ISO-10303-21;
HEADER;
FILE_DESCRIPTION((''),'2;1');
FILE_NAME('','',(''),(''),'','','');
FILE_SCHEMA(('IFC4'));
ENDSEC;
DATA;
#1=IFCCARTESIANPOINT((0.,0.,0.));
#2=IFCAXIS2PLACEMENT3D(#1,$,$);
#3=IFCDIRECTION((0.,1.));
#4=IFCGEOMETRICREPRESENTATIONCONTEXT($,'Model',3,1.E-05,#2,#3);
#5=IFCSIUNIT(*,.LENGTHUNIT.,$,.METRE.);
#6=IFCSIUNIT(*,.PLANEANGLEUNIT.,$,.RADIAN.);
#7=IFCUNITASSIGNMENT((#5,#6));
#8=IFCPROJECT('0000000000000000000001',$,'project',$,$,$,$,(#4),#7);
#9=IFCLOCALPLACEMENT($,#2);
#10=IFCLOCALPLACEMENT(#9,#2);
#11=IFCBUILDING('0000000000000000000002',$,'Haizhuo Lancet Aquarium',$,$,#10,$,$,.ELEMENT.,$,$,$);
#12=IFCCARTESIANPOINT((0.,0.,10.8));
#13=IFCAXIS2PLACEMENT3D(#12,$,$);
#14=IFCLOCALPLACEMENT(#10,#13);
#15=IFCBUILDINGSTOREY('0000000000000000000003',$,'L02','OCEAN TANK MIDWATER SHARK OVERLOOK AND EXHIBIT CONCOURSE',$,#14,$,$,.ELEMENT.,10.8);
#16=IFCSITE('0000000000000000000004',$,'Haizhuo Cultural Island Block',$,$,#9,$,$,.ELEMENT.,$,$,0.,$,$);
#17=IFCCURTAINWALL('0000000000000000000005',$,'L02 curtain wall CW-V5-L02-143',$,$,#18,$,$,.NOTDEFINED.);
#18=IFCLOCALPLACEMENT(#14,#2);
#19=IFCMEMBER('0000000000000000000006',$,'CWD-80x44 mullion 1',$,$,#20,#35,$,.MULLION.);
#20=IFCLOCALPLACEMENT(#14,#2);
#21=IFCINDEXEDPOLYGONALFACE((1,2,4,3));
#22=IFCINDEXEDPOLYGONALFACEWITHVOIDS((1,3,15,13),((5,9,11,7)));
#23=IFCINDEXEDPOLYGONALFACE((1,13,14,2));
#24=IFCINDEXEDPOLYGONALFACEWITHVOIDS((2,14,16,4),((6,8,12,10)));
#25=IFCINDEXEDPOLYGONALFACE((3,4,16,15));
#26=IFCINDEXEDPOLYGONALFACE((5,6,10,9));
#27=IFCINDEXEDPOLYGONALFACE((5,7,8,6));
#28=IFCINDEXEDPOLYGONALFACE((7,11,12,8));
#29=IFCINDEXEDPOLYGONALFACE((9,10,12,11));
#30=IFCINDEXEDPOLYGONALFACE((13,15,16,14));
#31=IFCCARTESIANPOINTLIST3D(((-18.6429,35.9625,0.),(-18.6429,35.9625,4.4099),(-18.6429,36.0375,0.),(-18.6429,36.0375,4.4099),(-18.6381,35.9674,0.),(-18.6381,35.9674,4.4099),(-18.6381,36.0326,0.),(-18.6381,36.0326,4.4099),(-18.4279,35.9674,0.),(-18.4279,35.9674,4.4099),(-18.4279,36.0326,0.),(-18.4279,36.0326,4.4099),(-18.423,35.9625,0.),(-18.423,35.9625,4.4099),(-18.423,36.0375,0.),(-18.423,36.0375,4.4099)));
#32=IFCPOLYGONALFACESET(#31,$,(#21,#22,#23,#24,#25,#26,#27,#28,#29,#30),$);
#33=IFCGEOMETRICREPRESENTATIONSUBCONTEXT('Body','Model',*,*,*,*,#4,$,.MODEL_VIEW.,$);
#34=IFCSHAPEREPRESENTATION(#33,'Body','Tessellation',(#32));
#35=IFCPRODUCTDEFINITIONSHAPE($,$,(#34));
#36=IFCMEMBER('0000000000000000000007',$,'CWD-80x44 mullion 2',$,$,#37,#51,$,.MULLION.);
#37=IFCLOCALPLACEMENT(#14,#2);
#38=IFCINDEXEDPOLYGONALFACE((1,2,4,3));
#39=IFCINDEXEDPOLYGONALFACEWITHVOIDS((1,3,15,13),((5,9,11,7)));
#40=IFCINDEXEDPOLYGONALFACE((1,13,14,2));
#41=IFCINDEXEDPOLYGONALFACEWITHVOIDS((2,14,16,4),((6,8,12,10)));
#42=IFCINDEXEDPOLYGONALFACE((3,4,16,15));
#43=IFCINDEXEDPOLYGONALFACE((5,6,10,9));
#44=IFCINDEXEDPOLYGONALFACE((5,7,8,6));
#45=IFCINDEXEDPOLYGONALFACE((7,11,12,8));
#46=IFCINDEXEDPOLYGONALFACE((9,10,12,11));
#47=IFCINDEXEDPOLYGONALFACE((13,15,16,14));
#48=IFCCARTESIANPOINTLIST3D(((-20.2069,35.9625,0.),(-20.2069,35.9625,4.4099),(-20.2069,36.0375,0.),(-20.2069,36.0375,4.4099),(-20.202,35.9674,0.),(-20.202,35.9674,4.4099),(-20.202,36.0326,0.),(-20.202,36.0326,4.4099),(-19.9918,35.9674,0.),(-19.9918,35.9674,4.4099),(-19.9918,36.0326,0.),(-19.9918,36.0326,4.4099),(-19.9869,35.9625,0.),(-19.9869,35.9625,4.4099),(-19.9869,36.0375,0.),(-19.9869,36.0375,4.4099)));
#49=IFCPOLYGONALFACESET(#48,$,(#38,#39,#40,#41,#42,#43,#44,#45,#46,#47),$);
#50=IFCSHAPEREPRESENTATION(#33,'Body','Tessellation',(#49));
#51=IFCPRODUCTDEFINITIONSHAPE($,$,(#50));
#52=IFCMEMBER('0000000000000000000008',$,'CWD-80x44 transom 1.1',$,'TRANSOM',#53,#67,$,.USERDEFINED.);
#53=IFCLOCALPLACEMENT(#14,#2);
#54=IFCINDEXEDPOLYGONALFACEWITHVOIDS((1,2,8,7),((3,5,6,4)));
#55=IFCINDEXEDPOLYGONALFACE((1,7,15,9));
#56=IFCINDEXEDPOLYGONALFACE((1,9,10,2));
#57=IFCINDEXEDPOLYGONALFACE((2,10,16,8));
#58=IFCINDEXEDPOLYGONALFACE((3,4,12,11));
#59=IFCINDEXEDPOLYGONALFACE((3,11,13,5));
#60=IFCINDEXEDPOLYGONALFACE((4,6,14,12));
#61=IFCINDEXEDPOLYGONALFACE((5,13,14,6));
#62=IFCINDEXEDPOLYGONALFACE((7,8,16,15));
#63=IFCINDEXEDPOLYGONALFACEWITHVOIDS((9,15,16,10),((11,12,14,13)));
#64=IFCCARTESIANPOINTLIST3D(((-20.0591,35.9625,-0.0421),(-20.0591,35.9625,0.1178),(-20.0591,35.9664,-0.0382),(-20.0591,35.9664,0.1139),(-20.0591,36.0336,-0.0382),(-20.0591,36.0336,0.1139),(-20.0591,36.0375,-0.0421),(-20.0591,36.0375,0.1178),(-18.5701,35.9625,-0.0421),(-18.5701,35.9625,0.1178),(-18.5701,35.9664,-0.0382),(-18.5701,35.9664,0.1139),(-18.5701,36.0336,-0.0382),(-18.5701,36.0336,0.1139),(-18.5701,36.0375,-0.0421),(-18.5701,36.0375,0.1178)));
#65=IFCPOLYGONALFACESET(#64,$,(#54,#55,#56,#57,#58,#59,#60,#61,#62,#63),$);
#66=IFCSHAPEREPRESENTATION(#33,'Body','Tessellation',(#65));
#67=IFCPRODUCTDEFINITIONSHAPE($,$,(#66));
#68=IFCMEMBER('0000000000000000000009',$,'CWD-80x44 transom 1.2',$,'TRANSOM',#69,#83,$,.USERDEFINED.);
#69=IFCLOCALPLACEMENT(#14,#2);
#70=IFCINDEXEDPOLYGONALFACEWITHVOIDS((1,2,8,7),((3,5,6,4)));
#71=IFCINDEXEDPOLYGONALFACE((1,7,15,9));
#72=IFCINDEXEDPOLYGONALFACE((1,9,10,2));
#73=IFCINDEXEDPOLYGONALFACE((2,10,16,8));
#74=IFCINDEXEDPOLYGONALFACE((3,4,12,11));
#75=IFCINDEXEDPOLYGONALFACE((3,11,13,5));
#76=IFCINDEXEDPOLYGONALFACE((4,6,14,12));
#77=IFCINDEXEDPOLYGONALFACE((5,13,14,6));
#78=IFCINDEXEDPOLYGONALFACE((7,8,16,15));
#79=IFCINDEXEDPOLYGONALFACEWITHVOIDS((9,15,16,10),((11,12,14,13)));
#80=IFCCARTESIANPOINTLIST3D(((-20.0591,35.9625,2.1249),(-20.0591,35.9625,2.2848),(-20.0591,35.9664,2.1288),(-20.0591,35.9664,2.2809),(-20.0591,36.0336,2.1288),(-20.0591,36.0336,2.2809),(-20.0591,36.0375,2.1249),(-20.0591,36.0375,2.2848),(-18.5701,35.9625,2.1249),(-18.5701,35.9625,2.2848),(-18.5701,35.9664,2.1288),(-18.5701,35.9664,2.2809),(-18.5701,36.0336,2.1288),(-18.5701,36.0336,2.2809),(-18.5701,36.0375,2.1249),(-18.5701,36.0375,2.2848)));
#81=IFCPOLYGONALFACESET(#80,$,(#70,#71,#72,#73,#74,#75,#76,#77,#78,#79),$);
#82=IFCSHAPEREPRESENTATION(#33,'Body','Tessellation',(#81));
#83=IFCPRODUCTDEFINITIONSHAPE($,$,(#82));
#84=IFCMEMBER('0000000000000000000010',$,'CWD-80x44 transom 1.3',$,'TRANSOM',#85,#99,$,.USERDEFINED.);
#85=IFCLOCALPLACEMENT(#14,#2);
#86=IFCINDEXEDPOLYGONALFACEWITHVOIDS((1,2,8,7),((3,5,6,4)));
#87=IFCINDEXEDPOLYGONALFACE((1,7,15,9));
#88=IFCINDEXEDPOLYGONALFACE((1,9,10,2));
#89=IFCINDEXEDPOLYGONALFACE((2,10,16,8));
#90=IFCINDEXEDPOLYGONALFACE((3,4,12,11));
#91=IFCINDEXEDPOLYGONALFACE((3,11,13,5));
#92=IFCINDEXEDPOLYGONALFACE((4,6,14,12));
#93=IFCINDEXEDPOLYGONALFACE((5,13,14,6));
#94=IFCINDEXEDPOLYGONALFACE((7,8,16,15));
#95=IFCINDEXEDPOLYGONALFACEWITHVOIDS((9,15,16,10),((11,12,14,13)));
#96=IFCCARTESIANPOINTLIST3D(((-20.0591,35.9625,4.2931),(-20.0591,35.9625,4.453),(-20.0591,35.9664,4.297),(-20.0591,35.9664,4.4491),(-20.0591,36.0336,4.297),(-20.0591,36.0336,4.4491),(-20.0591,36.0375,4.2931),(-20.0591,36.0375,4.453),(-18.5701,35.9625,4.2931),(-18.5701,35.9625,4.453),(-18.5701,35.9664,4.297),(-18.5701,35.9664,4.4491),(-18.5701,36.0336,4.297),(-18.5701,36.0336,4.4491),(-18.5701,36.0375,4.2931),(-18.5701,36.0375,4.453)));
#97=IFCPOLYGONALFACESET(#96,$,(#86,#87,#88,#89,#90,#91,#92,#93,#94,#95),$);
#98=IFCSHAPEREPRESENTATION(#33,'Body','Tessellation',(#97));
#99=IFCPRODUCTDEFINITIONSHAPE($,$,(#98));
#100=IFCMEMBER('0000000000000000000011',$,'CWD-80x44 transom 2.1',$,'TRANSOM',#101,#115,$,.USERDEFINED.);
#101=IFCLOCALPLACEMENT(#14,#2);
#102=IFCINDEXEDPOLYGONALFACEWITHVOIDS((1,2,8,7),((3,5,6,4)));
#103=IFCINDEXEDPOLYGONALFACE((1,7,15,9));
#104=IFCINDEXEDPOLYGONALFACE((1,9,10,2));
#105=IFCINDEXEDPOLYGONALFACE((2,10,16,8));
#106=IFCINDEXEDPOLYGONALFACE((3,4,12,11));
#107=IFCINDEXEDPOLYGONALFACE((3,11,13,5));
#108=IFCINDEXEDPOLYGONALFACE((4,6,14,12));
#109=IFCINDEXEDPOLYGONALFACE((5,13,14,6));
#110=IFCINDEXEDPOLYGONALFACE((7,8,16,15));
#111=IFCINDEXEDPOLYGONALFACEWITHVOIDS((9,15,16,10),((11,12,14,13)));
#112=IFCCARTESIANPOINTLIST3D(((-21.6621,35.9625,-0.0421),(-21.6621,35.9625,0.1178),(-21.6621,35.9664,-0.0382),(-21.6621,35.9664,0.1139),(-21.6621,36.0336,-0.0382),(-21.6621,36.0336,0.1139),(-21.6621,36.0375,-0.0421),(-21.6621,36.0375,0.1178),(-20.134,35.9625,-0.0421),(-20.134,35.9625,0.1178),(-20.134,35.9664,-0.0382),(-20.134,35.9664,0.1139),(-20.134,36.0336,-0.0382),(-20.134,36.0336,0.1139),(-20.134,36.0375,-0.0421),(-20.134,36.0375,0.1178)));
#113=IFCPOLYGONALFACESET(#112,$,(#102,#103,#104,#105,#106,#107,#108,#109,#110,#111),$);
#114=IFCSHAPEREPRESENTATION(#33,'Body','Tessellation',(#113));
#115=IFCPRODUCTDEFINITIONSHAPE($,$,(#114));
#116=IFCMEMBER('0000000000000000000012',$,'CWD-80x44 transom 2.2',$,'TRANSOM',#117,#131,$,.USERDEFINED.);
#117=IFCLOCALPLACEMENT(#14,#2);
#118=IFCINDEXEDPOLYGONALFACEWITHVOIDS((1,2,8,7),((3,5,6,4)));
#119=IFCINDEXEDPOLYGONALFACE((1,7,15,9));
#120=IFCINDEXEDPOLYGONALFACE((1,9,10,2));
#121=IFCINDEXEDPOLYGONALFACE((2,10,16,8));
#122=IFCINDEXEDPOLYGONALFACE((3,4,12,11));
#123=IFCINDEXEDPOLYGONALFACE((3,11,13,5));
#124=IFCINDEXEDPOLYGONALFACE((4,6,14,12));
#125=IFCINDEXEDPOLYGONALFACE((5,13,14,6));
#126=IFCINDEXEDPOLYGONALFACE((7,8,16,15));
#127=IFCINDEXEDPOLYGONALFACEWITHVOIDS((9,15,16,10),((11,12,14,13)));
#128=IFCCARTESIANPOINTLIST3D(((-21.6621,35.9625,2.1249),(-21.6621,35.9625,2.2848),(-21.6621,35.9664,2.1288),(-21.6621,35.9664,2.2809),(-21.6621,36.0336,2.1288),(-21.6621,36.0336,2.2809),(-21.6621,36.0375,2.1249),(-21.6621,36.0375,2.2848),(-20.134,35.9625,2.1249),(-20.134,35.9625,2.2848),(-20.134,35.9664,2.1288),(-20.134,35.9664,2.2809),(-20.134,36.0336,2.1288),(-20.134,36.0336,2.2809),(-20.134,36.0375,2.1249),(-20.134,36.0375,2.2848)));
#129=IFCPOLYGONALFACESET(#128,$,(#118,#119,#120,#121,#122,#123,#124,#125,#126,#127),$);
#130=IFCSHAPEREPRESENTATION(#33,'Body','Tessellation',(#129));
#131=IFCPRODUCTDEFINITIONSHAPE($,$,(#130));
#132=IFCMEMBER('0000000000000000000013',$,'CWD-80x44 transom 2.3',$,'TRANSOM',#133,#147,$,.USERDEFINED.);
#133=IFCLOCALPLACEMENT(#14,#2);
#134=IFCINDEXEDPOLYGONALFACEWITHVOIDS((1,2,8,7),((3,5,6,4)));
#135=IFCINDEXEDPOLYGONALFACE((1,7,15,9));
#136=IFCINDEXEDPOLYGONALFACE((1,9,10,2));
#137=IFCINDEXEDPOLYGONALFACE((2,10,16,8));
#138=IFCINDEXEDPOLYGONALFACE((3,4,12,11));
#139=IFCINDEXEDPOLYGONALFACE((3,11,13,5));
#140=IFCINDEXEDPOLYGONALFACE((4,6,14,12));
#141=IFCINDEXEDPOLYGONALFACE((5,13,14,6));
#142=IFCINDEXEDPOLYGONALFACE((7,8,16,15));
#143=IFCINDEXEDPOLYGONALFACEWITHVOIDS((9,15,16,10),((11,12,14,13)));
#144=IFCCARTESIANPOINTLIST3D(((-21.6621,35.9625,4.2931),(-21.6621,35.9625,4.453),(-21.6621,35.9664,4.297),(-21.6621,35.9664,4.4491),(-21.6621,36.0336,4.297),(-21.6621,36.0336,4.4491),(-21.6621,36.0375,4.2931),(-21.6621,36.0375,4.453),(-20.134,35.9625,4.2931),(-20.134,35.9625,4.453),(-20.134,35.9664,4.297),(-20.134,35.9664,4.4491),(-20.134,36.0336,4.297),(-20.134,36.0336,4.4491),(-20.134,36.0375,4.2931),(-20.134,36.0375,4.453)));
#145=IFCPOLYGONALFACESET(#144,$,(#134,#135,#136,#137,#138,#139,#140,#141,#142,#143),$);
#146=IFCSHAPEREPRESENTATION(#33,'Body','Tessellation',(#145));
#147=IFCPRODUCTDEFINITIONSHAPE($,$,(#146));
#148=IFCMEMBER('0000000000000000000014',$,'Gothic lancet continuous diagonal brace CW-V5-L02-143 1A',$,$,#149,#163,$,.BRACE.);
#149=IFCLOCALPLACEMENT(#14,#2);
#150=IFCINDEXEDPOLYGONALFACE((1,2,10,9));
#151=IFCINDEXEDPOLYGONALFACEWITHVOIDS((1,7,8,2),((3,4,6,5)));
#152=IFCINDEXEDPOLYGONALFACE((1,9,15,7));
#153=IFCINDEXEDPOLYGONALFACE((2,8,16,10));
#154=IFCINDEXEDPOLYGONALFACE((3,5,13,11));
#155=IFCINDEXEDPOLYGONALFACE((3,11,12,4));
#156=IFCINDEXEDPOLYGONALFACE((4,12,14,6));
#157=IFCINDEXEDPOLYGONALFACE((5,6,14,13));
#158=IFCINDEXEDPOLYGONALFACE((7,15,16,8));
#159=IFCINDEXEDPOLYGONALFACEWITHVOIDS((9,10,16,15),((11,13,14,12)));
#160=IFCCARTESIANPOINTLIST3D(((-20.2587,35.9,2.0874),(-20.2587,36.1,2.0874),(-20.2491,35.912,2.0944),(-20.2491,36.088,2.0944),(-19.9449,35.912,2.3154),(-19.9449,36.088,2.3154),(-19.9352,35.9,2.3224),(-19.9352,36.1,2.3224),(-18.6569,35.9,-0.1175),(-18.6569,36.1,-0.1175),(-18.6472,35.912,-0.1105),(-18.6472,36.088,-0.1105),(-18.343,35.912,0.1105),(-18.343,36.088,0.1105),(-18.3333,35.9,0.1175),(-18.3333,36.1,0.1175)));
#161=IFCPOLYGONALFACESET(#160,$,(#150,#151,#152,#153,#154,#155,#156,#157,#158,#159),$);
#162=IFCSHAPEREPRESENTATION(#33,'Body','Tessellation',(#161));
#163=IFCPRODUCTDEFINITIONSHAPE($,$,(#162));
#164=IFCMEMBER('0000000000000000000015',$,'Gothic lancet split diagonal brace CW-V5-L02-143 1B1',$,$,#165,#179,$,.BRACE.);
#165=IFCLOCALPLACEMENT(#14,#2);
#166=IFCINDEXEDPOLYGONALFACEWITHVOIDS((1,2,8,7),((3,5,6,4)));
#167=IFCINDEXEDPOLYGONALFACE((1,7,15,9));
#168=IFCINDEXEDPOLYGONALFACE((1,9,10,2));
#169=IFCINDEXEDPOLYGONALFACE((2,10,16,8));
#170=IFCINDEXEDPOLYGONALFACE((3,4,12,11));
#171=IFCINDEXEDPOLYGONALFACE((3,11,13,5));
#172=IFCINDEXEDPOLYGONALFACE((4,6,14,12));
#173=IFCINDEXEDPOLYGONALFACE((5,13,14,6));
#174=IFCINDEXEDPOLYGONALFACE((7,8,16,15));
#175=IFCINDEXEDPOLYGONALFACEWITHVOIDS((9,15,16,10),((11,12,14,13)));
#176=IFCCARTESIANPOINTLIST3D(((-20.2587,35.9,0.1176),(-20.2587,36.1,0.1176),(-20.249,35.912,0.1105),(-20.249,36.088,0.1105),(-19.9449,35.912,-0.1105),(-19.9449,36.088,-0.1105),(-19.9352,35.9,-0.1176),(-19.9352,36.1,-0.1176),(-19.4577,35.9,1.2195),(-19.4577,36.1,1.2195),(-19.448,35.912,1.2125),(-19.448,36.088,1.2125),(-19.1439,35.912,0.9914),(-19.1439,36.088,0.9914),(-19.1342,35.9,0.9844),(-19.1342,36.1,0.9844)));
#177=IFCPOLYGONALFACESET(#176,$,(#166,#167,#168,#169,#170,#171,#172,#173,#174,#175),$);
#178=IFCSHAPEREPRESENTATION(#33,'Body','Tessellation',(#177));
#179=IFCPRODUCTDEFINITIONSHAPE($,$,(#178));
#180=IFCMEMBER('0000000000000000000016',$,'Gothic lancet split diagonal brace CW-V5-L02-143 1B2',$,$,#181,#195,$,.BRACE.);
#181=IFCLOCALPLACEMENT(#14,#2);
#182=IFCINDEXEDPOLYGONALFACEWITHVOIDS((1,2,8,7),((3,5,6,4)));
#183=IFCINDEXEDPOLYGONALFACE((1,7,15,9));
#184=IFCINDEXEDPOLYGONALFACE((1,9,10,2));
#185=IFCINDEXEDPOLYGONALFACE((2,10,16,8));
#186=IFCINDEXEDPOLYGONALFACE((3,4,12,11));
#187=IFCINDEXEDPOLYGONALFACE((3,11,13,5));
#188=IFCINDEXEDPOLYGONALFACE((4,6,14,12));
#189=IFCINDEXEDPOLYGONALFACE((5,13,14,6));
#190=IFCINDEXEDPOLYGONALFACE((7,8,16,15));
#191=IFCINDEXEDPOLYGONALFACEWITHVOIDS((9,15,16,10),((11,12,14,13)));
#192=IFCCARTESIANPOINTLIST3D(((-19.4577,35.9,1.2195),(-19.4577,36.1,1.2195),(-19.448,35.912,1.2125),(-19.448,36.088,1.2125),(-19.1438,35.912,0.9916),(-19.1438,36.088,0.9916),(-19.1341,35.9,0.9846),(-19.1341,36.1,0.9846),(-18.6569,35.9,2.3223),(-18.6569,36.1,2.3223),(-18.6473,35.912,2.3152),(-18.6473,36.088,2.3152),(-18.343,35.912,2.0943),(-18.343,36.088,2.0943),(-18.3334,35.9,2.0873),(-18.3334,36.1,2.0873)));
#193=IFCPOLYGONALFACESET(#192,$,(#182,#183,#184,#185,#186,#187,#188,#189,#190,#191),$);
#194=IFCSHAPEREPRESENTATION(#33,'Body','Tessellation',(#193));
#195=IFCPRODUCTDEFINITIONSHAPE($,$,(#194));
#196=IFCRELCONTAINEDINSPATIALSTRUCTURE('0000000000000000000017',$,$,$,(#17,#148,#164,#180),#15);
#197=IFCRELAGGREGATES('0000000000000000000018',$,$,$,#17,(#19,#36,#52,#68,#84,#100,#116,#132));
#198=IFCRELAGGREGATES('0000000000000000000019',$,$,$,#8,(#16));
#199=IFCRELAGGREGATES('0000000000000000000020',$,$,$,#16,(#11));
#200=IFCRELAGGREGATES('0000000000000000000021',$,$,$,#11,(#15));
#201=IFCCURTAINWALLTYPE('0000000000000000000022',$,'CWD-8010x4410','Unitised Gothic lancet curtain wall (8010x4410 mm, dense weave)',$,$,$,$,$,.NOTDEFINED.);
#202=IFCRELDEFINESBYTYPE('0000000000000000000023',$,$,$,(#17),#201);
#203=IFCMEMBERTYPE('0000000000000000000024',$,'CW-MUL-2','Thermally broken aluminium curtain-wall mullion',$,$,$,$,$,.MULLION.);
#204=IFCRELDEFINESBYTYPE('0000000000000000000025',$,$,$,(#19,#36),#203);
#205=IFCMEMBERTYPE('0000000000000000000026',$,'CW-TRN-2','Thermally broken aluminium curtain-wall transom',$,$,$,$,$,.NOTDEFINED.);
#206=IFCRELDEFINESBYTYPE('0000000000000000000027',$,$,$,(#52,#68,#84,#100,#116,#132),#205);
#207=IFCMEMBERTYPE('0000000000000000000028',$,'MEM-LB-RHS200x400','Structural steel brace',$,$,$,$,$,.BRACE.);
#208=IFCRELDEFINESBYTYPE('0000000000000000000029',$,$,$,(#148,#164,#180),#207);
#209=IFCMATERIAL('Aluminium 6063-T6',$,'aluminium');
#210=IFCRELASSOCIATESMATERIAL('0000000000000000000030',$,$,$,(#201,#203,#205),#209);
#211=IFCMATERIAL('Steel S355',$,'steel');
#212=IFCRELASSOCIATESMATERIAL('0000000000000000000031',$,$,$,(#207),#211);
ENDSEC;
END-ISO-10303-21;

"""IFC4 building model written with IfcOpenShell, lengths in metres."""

from ifc_helpers import new_model, si_unit, direction, frame, origin, origin_2d, place, context, subcontext, project, spatial, hollow_rectangle, extrude, material, material_profile, profile_set, type_object, element, aggregate, save


model = new_model("IFC4")

# Units and contexts
model_context = context("Model", 3, precision=1e-05, world=origin(), true_north=direction((0.0, 1.0)))
body_context = subcontext(model_context, "Body", "Model", "MODEL_VIEW")
ifc_project = project(units=[si_unit("LENGTHUNIT", "METRE"), si_unit("PLANEANGLEUNIT", "RADIAN")], contexts=[model_context])

# Site, building, storey
site_placement = place(None, origin())
site = spatial("IfcSite", under=ifc_project, at=site_placement, Name="Haizhuo Cultural Island Block", CompositionType="ELEMENT", RefElevation=0.0)
building_placement = place(site_placement, origin())
building = spatial("IfcBuilding", under=site, at=building_placement, Name="Haizhuo Lancet Aquarium", CompositionType="ELEMENT")
storey_placement = place(building_placement, frame((0.0, 0.0, 10.8)))
storey = spatial("IfcBuildingStorey", under=building, at=storey_placement, Name="L02", Description="OCEAN TANK MIDWATER SHARK OVERLOOK AND EXHIBIT CONCOURSE", CompositionType="ELEMENT", Elevation=10.8)

# Curtain wall, members
ifc_material_1 = material(Name="Aluminium 6063-T6", Category="aluminium")
curtain_wall_type = type_object("IfcCurtainWallType", Name="CWD-8010x4410", Description="Unitised Gothic lancet curtain wall (8010x4410 mm, dense weave)", PredefinedType="NOTDEFINED", material=ifc_material_1)
curtain_wall_placement = place(storey_placement, origin())
curtain_wall = element("IfcCurtainWall", 1, at=curtain_wall_placement, inside=storey, type_object=curtain_wall_type, Name="L02 curtain wall CW-V5-L02-143", PredefinedType="NOTDEFINED")
ifc_material_profile_1 = material_profile(ifc_material_1, hollow_rectangle(XDim=0.075, YDim=0.22, WallThickness=0.0049, at=origin_2d()), Name="ALU-M 75x220x5")
ifc_profile_set_1 = profile_set([ifc_material_profile_1], Name="Aluminium 6063-T6")
member_type_1 = type_object("IfcMemberType", Name="CW-MUL-2", Description="Thermally broken aluminium curtain-wall mullion", PredefinedType="MULLION", material=ifc_profile_set_1)
member_1_placement = place(storey_placement, frame((-18.533, 36.0, 0.0), z_axis=(0.0, 0.0, 1.0), x_axis=(0.0, -1.0, 0.0)))
member_1 = element("IfcMember", 2, at=member_1_placement, type_object=member_type_1, Name="CWD-80x44 mullion 1", PredefinedType="MULLION", context=body_context, shape_type="SweptSolid", body=[
    extrude(hollow_rectangle(XDim=0.075, YDim=0.22, WallThickness=0.0049, at=origin_2d()), origin(), (0.0, 0.0, 1.0), 4.4099),
])
member_2_placement = place(storey_placement, frame((-20.0969, 36.0, 0.0), z_axis=(0.0, 0.0, 1.0), x_axis=(0.0, -1.0, 0.0)))
member_2 = element("IfcMember", 3, at=member_2_placement, type_object=member_type_1, Name="CWD-80x44 mullion 2", PredefinedType="MULLION", context=body_context, shape_type="SweptSolid", body=[
    extrude(hollow_rectangle(XDim=0.075, YDim=0.22, WallThickness=0.0049, at=origin_2d()), origin(), (0.0, 0.0, 1.0), 4.4099),
])
ifc_material_profile_2 = material_profile(ifc_material_1, hollow_rectangle(XDim=0.075, YDim=0.1599, WallThickness=0.0039, at=origin_2d()), Name="ALU-T 75x160x4")
ifc_profile_set_2 = profile_set([ifc_material_profile_2], Name="Aluminium 6063-T6")
member_type_2 = type_object("IfcMemberType", Name="CW-TRN-2", Description="Thermally broken aluminium curtain-wall transom", PredefinedType="NOTDEFINED", material=ifc_profile_set_2)
member_3_placement = place(storey_placement, frame((-18.5701, 36.0, 0.0378), z_axis=(-1.0, 0.0, 0.0), x_axis=(0.0, -1.0, 0.0)))
member_3 = element("IfcMember", 4, at=member_3_placement, type_object=member_type_2, Name="CWD-80x44 transom 1.1", ObjectType="TRANSOM", PredefinedType="USERDEFINED", context=body_context, shape_type="SweptSolid", body=[
    extrude(hollow_rectangle(XDim=0.075, YDim=0.1599, WallThickness=0.0039, at=origin_2d()), origin(), (0.0, 0.0, 1.0), 1.489),
])
member_4_placement = place(storey_placement, frame((-18.5701, 36.0, 2.2048), z_axis=(-1.0, 0.0, 0.0), x_axis=(0.0, -1.0, 0.0)))
member_4 = element("IfcMember", 5, at=member_4_placement, type_object=member_type_2, Name="CWD-80x44 transom 1.2", ObjectType="TRANSOM", PredefinedType="USERDEFINED", context=body_context, shape_type="SweptSolid", body=[
    extrude(hollow_rectangle(XDim=0.075, YDim=0.1599, WallThickness=0.0039, at=origin_2d()), origin(), (0.0, 0.0, 1.0), 1.489),
])
member_5_placement = place(storey_placement, frame((-18.5701, 36.0, 4.373), z_axis=(-1.0, 0.0, 0.0), x_axis=(0.0, -1.0, 0.0)))
member_5 = element("IfcMember", 6, at=member_5_placement, type_object=member_type_2, Name="CWD-80x44 transom 1.3", ObjectType="TRANSOM", PredefinedType="USERDEFINED", context=body_context, shape_type="SweptSolid", body=[
    extrude(hollow_rectangle(XDim=0.075, YDim=0.1599, WallThickness=0.0039, at=origin_2d()), origin(), (0.0, 0.0, 1.0), 1.489),
])
member_6_placement = place(storey_placement, frame((-20.134, 36.0, 0.0378), z_axis=(-1.0, 0.0, 0.0), x_axis=(0.0, -1.0, 0.0)))
member_6 = element("IfcMember", 7, at=member_6_placement, type_object=member_type_2, Name="CWD-80x44 transom 2.1", ObjectType="TRANSOM", PredefinedType="USERDEFINED", context=body_context, shape_type="SweptSolid", body=[
    extrude(hollow_rectangle(XDim=0.075, YDim=0.1599, WallThickness=0.0039, at=origin_2d()), origin(), (0.0, 0.0, 1.0), 1.5281),
])
member_7_placement = place(storey_placement, frame((-20.134, 36.0, 2.2048), z_axis=(-1.0, 0.0, 0.0), x_axis=(0.0, -1.0, 0.0)))
member_7 = element("IfcMember", 8, at=member_7_placement, type_object=member_type_2, Name="CWD-80x44 transom 2.2", ObjectType="TRANSOM", PredefinedType="USERDEFINED", context=body_context, shape_type="SweptSolid", body=[
    extrude(hollow_rectangle(XDim=0.075, YDim=0.1599, WallThickness=0.0039, at=origin_2d()), origin(), (0.0, 0.0, 1.0), 1.5281),
])
member_8_placement = place(storey_placement, frame((-20.134, 36.0, 4.373), z_axis=(-1.0, 0.0, 0.0), x_axis=(0.0, -1.0, 0.0)))
member_8 = element("IfcMember", 9, at=member_8_placement, type_object=member_type_2, Name="CWD-80x44 transom 2.3", ObjectType="TRANSOM", PredefinedType="USERDEFINED", context=body_context, shape_type="SweptSolid", body=[
    extrude(hollow_rectangle(XDim=0.075, YDim=0.1599, WallThickness=0.0039, at=origin_2d()), origin(), (0.0, 0.0, 1.0), 1.5281),
])

# Members
ifc_material_2 = material(Name="Steel S355", Category="steel")
ifc_material_profile_3 = material_profile(ifc_material_2, hollow_rectangle(XDim=0.2, YDim=0.3999, WallThickness=0.012, at=origin_2d()), Name="RHS 200x400x12")
ifc_profile_set_3 = profile_set([ifc_material_profile_3], Name="Steel S355")
member_type_3 = type_object("IfcMemberType", Name="MEM-LB-RHS200x400", Description="Structural steel brace", PredefinedType="BRACE", material=ifc_profile_set_3)
member_9_placement = place(storey_placement, frame((-18.4951, 36.0, 0.0), z_axis=(-0.587761, 0.0, 0.809034), x_axis=(0.0, -1.0, 0.0)))
element("IfcMember", 10, at=member_9_placement, inside=storey, type_object=member_type_3, Name="Gothic lancet continuous diagonal brace CW-V5-L02-143 1A", PredefinedType="BRACE", context=body_context, shape_type="SweptSolid", body=[
    extrude(hollow_rectangle(XDim=0.2, YDim=0.3999, WallThickness=0.012, at=origin_2d()), origin(), (0.0, 0.0, 1.0), 2.7253),
])
member_10_placement = place(storey_placement, frame((-20.0969, 36.0, 0.0), z_axis=(0.587948, 0.0, 0.808899), x_axis=(0.0, 1.0, 0.0)))
element("IfcMember", 11, at=member_10_placement, inside=storey, type_object=member_type_3, Name="Gothic lancet split diagonal brace CW-V5-L02-143 1B1", PredefinedType="BRACE", context=body_context, shape_type="SweptSolid", body=[
    extrude(hollow_rectangle(XDim=0.2, YDim=0.3999, WallThickness=0.012, at=origin_2d()), origin(), (0.0, 0.0, 1.0), 1.3623),
])
member_11_placement = place(storey_placement, frame((-19.2959, 36.0, 1.1021), z_axis=(0.587575, 0.0, 0.80917), x_axis=(0.0, 1.0, 0.0)))
element("IfcMember", 12, at=member_11_placement, inside=storey, type_object=member_type_3, Name="Gothic lancet split diagonal brace CW-V5-L02-143 1B2", PredefinedType="BRACE", context=body_context, shape_type="SweptSolid", body=[
    extrude(hollow_rectangle(XDim=0.2, YDim=0.3999, WallThickness=0.012, at=origin_2d()), origin(), (0.0, 0.0, 1.0), 1.3628),
])

aggregate(curtain_wall, [member_1, member_2, member_3, member_4, member_5, member_6, member_7, member_8])

save(model, "model.ifc")
